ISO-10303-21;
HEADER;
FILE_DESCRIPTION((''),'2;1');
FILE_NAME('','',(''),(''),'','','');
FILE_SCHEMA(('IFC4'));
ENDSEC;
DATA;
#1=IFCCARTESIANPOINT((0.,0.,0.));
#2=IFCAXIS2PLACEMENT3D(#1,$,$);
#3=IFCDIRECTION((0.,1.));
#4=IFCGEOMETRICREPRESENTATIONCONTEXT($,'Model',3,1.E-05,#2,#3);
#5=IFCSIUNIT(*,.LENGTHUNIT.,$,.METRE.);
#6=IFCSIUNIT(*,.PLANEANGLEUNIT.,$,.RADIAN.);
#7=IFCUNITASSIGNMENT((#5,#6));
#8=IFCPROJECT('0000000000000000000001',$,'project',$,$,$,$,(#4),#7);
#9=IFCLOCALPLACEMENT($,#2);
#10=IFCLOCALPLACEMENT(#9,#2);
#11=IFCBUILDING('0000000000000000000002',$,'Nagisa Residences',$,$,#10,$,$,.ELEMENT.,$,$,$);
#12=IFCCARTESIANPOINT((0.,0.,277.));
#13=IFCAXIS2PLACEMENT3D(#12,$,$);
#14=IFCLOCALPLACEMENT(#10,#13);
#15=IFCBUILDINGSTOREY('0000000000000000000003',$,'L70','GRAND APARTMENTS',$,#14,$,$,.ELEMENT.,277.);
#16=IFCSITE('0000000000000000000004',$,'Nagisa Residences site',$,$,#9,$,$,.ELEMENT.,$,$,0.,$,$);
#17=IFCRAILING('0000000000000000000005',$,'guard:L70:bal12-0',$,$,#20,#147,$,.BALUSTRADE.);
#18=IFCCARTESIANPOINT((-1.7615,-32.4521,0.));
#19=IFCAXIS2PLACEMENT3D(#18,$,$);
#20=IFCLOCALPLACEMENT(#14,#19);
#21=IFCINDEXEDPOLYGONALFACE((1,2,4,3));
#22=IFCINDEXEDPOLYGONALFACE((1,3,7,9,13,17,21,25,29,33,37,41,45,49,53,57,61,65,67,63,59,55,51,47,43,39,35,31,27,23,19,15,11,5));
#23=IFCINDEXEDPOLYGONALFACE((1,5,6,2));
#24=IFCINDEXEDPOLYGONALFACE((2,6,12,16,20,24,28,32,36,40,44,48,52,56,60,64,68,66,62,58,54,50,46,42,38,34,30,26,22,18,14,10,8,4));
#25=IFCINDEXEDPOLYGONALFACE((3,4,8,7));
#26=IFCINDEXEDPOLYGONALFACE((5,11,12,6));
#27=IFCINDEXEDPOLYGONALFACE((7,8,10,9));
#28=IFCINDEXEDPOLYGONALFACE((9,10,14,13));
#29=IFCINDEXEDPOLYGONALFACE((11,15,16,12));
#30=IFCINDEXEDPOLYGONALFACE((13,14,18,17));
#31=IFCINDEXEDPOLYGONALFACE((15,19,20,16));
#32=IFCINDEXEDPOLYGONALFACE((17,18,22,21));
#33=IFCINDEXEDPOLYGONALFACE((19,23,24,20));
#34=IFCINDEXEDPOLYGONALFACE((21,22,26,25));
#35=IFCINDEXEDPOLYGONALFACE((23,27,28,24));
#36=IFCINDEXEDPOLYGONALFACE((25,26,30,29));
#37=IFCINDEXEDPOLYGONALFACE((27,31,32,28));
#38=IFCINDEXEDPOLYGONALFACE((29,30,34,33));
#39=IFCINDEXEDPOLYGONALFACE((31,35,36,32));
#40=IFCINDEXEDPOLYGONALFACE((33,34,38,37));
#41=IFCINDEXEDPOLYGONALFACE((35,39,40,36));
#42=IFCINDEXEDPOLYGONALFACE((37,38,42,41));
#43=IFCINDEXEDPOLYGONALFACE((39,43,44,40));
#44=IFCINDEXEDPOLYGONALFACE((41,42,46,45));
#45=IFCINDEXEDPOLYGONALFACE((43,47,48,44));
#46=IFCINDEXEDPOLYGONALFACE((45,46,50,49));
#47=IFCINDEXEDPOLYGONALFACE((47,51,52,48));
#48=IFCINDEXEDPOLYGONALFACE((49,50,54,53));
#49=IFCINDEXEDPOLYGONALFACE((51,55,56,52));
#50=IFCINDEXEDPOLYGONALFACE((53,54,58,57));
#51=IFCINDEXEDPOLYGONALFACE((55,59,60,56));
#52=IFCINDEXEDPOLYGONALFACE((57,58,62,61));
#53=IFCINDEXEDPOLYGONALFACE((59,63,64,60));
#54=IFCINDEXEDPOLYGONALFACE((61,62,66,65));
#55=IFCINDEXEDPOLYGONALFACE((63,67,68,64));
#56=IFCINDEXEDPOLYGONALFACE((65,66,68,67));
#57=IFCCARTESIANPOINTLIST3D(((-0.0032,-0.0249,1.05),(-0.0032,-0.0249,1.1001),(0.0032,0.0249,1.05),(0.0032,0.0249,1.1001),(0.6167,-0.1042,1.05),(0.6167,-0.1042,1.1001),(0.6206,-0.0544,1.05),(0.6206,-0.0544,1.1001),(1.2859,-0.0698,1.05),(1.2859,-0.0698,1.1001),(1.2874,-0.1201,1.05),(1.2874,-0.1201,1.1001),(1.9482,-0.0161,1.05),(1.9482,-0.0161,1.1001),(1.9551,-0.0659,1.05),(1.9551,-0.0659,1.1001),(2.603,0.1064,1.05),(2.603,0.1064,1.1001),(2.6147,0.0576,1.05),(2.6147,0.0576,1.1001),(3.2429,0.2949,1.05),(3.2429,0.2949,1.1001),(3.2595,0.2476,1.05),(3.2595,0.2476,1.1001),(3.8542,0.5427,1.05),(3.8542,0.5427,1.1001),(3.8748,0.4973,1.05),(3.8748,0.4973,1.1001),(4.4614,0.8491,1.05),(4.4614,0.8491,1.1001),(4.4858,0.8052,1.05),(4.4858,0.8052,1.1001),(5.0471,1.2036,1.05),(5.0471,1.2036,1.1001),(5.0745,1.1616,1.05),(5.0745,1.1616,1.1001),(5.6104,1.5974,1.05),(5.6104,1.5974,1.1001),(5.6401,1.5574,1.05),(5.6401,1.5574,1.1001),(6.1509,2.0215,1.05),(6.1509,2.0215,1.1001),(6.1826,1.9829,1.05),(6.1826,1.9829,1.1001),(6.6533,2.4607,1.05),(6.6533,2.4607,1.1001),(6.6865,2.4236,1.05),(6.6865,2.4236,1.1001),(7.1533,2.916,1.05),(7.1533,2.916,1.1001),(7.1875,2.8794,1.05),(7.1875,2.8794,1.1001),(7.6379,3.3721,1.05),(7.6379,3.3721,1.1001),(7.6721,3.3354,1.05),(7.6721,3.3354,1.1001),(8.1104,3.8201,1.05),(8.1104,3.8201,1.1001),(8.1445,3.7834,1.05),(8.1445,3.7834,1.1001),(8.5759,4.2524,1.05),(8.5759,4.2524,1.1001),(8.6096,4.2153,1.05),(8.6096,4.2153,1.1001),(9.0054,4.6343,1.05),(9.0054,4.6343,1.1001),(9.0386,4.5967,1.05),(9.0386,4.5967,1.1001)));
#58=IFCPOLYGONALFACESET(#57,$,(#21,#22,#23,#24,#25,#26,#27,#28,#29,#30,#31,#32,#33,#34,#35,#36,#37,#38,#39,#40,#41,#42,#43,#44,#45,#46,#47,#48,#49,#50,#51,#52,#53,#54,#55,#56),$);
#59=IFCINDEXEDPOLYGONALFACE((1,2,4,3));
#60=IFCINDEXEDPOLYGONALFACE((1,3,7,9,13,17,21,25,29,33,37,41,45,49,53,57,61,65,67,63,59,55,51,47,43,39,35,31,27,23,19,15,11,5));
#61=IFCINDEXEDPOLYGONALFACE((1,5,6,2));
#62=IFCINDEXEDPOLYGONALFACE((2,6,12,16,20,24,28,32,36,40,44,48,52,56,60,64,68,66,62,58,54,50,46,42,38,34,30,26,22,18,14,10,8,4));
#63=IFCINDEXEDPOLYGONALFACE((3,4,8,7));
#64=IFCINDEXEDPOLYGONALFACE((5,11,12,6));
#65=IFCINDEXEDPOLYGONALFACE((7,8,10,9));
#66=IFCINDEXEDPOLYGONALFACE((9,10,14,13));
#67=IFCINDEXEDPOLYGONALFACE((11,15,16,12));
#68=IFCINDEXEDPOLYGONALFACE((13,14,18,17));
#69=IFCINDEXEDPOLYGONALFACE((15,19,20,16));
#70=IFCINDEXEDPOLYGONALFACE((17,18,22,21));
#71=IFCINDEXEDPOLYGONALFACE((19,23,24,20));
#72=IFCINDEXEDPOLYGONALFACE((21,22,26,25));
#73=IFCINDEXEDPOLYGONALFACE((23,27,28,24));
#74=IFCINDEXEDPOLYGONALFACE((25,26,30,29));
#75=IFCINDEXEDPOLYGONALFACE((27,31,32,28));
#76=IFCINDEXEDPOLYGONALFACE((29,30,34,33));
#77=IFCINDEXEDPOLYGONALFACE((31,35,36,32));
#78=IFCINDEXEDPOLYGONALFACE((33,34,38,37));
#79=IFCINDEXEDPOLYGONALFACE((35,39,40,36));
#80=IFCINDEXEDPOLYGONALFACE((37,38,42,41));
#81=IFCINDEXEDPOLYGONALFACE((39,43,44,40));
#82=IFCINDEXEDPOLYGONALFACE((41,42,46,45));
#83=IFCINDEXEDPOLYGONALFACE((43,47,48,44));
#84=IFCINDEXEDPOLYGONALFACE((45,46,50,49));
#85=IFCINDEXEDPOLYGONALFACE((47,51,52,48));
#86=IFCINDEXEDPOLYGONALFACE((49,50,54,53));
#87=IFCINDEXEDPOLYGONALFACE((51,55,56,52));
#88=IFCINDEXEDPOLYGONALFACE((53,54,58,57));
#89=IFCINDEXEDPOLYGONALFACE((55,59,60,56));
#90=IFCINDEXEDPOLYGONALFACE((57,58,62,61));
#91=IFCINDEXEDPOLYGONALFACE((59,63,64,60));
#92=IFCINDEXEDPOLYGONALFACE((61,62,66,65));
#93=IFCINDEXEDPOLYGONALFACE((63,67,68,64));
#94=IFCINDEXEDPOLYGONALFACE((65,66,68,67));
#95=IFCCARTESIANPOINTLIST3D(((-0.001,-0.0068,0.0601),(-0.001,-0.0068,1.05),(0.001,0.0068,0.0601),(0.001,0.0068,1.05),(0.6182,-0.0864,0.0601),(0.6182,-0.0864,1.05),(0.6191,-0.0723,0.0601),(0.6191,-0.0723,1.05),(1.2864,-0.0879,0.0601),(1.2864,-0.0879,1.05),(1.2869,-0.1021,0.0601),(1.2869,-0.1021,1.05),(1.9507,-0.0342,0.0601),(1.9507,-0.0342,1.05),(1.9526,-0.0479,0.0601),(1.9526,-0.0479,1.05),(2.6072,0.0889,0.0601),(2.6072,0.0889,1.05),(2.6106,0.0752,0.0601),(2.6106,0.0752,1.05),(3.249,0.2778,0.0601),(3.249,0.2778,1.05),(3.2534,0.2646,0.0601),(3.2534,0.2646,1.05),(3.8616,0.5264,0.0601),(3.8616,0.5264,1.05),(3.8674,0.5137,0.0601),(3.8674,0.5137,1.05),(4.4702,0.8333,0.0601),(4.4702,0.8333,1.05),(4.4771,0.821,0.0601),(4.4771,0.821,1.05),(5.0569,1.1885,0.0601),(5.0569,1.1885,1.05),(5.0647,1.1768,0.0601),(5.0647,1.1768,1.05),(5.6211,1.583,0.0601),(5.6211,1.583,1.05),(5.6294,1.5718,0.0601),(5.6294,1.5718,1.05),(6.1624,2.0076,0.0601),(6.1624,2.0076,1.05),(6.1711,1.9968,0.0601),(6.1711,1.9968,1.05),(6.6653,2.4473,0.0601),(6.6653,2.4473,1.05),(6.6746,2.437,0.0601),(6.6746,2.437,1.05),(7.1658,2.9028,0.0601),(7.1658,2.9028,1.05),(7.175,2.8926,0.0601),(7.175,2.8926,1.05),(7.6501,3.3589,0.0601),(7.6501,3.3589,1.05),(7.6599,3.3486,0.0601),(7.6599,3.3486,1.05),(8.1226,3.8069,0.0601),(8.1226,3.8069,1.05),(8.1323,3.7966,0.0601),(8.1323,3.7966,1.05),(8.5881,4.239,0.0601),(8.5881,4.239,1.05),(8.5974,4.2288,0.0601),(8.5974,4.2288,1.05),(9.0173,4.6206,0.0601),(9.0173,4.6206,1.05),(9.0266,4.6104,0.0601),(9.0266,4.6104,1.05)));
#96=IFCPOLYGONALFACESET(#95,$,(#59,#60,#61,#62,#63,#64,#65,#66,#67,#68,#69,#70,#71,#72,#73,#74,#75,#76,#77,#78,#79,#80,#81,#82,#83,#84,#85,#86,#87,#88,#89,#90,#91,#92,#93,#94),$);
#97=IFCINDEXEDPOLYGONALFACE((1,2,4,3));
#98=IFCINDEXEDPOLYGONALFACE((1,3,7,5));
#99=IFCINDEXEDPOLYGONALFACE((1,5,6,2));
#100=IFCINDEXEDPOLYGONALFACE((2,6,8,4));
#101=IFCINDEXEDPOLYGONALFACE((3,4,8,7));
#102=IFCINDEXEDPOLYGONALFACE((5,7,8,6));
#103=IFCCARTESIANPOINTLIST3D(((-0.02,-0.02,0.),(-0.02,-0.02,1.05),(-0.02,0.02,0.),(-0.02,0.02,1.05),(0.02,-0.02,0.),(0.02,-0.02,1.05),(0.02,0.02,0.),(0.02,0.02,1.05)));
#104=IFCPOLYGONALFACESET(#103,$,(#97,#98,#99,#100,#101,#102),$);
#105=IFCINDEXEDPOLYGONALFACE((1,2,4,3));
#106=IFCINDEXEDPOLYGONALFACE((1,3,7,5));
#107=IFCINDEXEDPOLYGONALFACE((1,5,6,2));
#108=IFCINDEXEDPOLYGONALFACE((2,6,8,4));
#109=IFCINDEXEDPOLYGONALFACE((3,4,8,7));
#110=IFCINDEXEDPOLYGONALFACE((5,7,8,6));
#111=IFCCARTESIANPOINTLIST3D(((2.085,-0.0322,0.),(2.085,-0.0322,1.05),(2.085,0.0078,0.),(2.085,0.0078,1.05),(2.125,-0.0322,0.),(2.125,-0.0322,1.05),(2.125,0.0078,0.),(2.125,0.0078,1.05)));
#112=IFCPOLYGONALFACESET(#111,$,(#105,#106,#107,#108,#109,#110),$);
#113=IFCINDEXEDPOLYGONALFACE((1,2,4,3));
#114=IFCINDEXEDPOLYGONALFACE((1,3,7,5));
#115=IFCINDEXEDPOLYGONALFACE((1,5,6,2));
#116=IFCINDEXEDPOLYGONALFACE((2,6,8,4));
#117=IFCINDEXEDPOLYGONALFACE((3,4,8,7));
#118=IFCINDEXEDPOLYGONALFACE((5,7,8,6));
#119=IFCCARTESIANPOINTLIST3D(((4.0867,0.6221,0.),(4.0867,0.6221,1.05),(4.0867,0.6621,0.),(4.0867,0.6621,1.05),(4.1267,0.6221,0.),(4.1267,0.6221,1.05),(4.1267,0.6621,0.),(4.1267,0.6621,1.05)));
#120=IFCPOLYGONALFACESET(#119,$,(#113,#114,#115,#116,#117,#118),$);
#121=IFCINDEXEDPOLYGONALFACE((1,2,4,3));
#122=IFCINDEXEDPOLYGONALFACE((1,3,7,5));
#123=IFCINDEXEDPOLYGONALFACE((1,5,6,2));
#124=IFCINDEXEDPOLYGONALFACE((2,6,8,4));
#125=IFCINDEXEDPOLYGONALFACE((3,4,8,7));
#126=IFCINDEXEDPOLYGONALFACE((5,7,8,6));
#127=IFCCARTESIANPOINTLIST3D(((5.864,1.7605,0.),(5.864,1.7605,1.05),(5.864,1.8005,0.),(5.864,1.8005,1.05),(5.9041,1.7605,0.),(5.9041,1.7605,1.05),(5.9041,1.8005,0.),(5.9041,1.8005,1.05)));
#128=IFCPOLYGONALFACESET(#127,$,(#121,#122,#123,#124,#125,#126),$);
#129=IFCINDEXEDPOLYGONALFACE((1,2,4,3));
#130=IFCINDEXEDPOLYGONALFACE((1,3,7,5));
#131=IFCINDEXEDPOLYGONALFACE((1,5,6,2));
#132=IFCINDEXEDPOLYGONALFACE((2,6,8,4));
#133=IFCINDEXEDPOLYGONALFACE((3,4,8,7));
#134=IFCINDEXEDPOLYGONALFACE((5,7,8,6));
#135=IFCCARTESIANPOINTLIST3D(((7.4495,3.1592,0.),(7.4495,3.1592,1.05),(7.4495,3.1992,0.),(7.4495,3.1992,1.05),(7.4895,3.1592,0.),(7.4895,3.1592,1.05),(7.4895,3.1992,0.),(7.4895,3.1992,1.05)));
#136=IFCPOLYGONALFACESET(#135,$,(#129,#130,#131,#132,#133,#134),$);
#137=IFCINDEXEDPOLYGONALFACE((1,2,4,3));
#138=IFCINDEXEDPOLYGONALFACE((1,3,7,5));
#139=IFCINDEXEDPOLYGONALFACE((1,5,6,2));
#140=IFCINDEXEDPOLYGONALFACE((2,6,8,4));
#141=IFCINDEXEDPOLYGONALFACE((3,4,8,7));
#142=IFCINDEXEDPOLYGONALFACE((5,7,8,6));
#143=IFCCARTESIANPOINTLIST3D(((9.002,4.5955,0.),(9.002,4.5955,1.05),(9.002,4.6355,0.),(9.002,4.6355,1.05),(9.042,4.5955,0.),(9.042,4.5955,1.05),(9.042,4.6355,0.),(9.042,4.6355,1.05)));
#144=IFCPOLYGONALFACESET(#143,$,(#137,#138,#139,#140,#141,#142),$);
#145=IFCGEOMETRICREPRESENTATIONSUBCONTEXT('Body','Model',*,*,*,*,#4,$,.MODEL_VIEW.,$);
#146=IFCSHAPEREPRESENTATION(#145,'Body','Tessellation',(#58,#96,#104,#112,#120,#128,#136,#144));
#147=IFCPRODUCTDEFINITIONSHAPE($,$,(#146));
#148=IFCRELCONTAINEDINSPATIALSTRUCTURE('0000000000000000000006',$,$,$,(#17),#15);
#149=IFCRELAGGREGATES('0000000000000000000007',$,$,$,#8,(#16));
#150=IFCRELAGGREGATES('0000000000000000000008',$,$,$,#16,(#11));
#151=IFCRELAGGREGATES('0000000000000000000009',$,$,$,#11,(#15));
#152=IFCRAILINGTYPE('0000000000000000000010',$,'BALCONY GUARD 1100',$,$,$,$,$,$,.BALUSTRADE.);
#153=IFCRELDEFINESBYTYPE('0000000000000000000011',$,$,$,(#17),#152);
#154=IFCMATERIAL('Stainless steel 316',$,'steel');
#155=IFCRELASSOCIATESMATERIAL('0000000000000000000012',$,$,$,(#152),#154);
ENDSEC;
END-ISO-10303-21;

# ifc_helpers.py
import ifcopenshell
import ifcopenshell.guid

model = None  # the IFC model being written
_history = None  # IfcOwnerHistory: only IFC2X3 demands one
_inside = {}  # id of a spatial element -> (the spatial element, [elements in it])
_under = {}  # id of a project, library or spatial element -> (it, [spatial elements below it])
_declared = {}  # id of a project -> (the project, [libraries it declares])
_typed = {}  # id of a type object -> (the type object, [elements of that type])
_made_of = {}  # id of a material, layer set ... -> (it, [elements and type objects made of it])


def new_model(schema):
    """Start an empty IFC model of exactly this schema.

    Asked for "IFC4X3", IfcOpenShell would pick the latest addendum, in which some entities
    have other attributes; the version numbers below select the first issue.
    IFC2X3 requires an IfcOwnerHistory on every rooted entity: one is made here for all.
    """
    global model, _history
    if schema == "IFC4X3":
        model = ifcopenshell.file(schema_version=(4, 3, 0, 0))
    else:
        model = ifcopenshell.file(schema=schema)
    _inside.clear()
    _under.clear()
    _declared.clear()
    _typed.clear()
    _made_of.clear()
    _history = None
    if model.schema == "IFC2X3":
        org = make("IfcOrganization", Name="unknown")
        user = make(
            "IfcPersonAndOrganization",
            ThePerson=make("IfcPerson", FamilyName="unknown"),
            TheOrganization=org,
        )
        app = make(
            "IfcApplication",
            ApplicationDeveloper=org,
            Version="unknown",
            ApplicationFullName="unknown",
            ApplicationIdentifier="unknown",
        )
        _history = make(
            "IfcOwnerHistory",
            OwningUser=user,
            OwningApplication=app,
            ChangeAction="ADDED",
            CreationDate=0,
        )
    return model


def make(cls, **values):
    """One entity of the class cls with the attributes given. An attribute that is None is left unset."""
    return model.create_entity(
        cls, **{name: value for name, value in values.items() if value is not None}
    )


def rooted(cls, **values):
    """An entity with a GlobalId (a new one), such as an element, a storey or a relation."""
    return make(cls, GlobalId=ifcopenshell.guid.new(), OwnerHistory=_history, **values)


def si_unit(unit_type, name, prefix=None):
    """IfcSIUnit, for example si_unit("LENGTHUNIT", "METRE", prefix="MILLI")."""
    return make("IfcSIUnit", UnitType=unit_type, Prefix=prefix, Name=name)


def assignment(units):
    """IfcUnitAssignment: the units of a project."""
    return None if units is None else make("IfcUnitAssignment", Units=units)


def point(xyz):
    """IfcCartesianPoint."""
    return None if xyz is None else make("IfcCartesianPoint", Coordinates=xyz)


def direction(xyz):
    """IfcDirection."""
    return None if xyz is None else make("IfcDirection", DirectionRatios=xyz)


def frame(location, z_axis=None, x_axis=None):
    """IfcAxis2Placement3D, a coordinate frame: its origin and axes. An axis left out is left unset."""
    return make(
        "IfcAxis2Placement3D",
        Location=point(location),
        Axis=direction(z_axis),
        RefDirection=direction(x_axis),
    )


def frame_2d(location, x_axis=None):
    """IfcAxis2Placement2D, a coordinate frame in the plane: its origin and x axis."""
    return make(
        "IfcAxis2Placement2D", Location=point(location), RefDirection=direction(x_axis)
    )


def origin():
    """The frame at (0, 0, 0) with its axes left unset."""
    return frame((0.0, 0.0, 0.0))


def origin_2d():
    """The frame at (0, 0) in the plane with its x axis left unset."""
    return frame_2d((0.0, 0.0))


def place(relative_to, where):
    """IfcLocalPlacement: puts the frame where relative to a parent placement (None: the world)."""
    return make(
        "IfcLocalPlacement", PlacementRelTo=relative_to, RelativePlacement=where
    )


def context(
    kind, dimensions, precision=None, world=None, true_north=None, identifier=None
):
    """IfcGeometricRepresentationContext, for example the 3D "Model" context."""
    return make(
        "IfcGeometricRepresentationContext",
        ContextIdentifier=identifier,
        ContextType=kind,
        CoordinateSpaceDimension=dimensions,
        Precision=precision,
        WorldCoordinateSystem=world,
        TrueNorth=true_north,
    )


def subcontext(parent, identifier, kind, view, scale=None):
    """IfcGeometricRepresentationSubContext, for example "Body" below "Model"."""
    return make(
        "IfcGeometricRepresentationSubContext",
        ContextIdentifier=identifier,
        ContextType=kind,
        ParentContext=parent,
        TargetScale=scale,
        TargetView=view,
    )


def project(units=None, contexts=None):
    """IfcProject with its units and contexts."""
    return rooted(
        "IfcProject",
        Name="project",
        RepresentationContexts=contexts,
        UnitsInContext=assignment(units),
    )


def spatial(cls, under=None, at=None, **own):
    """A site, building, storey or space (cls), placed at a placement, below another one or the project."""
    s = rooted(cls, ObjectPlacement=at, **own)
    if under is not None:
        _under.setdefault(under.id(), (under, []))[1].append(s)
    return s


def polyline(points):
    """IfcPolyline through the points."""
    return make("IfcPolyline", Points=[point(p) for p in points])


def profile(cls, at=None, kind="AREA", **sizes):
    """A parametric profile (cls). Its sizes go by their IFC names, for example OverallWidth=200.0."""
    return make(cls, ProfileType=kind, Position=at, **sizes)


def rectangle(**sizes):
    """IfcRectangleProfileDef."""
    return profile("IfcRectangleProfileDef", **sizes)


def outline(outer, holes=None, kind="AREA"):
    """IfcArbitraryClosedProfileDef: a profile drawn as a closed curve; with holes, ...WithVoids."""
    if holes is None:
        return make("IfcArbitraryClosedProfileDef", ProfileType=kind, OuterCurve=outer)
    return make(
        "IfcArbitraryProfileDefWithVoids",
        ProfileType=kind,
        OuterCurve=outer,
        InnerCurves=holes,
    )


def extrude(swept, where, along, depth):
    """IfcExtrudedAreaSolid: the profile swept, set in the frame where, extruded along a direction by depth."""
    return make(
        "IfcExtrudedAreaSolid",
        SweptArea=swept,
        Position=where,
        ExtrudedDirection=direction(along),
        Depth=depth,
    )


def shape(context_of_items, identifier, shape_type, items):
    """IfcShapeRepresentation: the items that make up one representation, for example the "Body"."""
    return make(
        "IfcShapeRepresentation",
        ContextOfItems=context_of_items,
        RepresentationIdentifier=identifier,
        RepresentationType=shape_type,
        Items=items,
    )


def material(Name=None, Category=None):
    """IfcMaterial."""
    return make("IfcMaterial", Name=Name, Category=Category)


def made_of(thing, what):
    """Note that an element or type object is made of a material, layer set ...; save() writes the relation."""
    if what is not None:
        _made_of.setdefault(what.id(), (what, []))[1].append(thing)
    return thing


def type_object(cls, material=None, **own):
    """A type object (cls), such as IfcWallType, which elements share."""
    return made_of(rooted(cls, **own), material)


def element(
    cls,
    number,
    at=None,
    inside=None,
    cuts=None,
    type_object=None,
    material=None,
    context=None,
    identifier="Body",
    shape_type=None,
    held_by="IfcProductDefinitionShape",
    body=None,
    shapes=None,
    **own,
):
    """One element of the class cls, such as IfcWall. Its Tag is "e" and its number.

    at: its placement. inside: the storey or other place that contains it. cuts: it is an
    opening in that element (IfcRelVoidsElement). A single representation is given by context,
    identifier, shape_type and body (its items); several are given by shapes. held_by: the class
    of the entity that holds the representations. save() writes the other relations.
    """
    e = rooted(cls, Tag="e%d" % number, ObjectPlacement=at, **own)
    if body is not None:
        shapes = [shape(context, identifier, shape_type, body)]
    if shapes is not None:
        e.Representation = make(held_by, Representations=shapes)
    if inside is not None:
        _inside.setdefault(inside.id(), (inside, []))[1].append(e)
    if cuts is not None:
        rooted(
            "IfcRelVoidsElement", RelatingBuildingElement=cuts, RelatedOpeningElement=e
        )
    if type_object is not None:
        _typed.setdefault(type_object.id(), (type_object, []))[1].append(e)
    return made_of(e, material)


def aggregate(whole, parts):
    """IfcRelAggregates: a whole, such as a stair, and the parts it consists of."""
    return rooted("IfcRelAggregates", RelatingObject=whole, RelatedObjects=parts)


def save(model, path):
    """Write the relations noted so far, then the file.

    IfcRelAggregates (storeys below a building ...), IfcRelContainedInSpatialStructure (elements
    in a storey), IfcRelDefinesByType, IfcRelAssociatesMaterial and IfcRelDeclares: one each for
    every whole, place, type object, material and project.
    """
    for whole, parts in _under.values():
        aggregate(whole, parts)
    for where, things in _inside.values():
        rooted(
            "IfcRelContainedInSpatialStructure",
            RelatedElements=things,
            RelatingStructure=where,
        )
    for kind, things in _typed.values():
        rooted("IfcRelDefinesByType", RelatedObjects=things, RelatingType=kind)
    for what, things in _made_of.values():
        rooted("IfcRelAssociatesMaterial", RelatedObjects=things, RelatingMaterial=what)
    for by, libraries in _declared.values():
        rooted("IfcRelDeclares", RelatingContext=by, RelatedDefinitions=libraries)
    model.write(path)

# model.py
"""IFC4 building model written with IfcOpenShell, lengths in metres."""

from ifc_helpers import new_model, si_unit, direction, frame, origin, origin_2d, place, context, subcontext, project, spatial, polyline, rectangle, outline, extrude, material, type_object, element, save


model = new_model("IFC4")

# Units and contexts
model_context = context("Model", 3, precision=1e-05, world=origin(), true_north=direction((0.0, 1.0)))
body_context = subcontext(model_context, "Body", "Model", "MODEL_VIEW")
ifc_project = project(units=[si_unit("LENGTHUNIT", "METRE"), si_unit("PLANEANGLEUNIT", "RADIAN")], contexts=[model_context])

# Site, building, storey
site_placement = place(None, origin())
site = spatial("IfcSite", under=ifc_project, at=site_placement, Name="Nagisa Residences site", CompositionType="ELEMENT", RefElevation=0.0)
building_placement = place(site_placement, origin())
building = spatial("IfcBuilding", under=site, at=building_placement, Name="Nagisa Residences", CompositionType="ELEMENT")
storey_placement = place(building_placement, frame((0.0, 0.0, 277.0)))
storey = spatial("IfcBuildingStorey", under=building, at=storey_placement, Name="L70", Description="GRAND APARTMENTS", CompositionType="ELEMENT", Elevation=277.0)

# Railing
ifc_material_1 = material(Name="Stainless steel 316", Category="steel")
railing_type = type_object("IfcRailingType", Name="BALCONY GUARD 1100", PredefinedType="BALUSTRADE", material=ifc_material_1)
railing_placement = place(storey_placement, frame((-1.7615, -32.4521, 0.0)))
element("IfcRailing", 1, at=railing_placement, inside=storey, type_object=railing_type, Name="guard:L70:bal12-0", PredefinedType="BALUSTRADE", context=body_context, shape_type="SweptSolid", body=[
    extrude(outline(polyline([(0.6206, -0.0544), (0.0032, 0.0249), (-0.0032, -0.0249), (0.6167, -0.1042), (1.2874, -0.1201), (1.9551, -0.0659), (2.6147, 0.0576), (3.2595, 0.2476), (3.8748, 0.4973), (4.4858, 0.8052), (5.0745, 1.1616), (5.6401, 1.5574), (6.1826, 1.9829), (6.6865, 2.4236), (7.1875, 2.8794), (7.6721, 3.3354), (8.1445, 3.7834), (8.6096, 4.2153), (9.0386, 4.5967), (9.0054, 4.6343), (8.5759, 4.2524), (8.1104, 3.8201), (7.6379, 3.3721), (7.1533, 2.916), (6.6533, 2.4607), (6.1509, 2.0215), (5.6104, 1.5974), (5.0471, 1.2036), (4.4614, 0.8491), (3.8542, 0.5427), (3.2429, 0.2949), (2.603, 0.1064), (1.9482, -0.0161), (1.2859, -0.0698), (0.6206, -0.0544)])), frame((0.0, 0.0, 1.05)), (0.0, 0.0, 1.0), 0.05),
    extrude(outline(polyline([(0.6191, -0.0723), (0.001, 0.0068), (-0.001, -0.0068), (0.6182, -0.0864), (1.2869, -0.1021), (1.9526, -0.0479), (2.6106, 0.0752), (3.2534, 0.2646), (3.8674, 0.5137), (4.4771, 0.821), (5.0647, 1.1768), (5.6294, 1.5718), (6.1711, 1.9968), (6.6746, 2.437), (7.175, 2.8926), (7.6599, 3.3486), (8.1323, 3.7966), (8.5974, 4.2288), (9.0266, 4.6104), (9.0173, 4.6206), (8.5881, 4.239), (8.1226, 3.8069), (7.6501, 3.3589), (7.1658, 2.9028), (6.6653, 2.4473), (6.1624, 2.0076), (5.6211, 1.583), (5.0569, 1.1885), (4.4702, 0.8333), (3.8616, 0.5264), (3.249, 0.2778), (2.6072, 0.0889), (1.9507, -0.0342), (1.2864, -0.0879), (0.6191, -0.0723)])), frame((0.0, 0.0, 0.0601)), (0.0, 0.0, 1.0), 0.99),
    extrude(rectangle(XDim=0.04, YDim=0.04, at=origin_2d()), origin(), (0.0, 0.0, 1.0), 1.05),
    extrude(rectangle(XDim=0.04, YDim=0.04, at=origin_2d()), frame((2.105, -0.0122, 0.0)), (0.0, 0.0, 1.0), 1.05),
    extrude(rectangle(XDim=0.04, YDim=0.04, at=origin_2d()), frame((4.1067, 0.6421, 0.0)), (0.0, 0.0, 1.0), 1.05),
    extrude(rectangle(XDim=0.04, YDim=0.04, at=origin_2d()), frame((5.884, 1.7805, 0.0)), (0.0, 0.0, 1.0), 1.05),
    extrude(rectangle(XDim=0.04, YDim=0.04, at=origin_2d()), frame((7.4695, 3.1792, 0.0)), (0.0, 0.0, 1.0), 1.05),
    extrude(rectangle(XDim=0.04, YDim=0.04, at=origin_2d()), frame((9.022, 4.6155, 0.0)), (0.0, 0.0, 1.0), 1.05),
])

save(model, "model.ifc")
